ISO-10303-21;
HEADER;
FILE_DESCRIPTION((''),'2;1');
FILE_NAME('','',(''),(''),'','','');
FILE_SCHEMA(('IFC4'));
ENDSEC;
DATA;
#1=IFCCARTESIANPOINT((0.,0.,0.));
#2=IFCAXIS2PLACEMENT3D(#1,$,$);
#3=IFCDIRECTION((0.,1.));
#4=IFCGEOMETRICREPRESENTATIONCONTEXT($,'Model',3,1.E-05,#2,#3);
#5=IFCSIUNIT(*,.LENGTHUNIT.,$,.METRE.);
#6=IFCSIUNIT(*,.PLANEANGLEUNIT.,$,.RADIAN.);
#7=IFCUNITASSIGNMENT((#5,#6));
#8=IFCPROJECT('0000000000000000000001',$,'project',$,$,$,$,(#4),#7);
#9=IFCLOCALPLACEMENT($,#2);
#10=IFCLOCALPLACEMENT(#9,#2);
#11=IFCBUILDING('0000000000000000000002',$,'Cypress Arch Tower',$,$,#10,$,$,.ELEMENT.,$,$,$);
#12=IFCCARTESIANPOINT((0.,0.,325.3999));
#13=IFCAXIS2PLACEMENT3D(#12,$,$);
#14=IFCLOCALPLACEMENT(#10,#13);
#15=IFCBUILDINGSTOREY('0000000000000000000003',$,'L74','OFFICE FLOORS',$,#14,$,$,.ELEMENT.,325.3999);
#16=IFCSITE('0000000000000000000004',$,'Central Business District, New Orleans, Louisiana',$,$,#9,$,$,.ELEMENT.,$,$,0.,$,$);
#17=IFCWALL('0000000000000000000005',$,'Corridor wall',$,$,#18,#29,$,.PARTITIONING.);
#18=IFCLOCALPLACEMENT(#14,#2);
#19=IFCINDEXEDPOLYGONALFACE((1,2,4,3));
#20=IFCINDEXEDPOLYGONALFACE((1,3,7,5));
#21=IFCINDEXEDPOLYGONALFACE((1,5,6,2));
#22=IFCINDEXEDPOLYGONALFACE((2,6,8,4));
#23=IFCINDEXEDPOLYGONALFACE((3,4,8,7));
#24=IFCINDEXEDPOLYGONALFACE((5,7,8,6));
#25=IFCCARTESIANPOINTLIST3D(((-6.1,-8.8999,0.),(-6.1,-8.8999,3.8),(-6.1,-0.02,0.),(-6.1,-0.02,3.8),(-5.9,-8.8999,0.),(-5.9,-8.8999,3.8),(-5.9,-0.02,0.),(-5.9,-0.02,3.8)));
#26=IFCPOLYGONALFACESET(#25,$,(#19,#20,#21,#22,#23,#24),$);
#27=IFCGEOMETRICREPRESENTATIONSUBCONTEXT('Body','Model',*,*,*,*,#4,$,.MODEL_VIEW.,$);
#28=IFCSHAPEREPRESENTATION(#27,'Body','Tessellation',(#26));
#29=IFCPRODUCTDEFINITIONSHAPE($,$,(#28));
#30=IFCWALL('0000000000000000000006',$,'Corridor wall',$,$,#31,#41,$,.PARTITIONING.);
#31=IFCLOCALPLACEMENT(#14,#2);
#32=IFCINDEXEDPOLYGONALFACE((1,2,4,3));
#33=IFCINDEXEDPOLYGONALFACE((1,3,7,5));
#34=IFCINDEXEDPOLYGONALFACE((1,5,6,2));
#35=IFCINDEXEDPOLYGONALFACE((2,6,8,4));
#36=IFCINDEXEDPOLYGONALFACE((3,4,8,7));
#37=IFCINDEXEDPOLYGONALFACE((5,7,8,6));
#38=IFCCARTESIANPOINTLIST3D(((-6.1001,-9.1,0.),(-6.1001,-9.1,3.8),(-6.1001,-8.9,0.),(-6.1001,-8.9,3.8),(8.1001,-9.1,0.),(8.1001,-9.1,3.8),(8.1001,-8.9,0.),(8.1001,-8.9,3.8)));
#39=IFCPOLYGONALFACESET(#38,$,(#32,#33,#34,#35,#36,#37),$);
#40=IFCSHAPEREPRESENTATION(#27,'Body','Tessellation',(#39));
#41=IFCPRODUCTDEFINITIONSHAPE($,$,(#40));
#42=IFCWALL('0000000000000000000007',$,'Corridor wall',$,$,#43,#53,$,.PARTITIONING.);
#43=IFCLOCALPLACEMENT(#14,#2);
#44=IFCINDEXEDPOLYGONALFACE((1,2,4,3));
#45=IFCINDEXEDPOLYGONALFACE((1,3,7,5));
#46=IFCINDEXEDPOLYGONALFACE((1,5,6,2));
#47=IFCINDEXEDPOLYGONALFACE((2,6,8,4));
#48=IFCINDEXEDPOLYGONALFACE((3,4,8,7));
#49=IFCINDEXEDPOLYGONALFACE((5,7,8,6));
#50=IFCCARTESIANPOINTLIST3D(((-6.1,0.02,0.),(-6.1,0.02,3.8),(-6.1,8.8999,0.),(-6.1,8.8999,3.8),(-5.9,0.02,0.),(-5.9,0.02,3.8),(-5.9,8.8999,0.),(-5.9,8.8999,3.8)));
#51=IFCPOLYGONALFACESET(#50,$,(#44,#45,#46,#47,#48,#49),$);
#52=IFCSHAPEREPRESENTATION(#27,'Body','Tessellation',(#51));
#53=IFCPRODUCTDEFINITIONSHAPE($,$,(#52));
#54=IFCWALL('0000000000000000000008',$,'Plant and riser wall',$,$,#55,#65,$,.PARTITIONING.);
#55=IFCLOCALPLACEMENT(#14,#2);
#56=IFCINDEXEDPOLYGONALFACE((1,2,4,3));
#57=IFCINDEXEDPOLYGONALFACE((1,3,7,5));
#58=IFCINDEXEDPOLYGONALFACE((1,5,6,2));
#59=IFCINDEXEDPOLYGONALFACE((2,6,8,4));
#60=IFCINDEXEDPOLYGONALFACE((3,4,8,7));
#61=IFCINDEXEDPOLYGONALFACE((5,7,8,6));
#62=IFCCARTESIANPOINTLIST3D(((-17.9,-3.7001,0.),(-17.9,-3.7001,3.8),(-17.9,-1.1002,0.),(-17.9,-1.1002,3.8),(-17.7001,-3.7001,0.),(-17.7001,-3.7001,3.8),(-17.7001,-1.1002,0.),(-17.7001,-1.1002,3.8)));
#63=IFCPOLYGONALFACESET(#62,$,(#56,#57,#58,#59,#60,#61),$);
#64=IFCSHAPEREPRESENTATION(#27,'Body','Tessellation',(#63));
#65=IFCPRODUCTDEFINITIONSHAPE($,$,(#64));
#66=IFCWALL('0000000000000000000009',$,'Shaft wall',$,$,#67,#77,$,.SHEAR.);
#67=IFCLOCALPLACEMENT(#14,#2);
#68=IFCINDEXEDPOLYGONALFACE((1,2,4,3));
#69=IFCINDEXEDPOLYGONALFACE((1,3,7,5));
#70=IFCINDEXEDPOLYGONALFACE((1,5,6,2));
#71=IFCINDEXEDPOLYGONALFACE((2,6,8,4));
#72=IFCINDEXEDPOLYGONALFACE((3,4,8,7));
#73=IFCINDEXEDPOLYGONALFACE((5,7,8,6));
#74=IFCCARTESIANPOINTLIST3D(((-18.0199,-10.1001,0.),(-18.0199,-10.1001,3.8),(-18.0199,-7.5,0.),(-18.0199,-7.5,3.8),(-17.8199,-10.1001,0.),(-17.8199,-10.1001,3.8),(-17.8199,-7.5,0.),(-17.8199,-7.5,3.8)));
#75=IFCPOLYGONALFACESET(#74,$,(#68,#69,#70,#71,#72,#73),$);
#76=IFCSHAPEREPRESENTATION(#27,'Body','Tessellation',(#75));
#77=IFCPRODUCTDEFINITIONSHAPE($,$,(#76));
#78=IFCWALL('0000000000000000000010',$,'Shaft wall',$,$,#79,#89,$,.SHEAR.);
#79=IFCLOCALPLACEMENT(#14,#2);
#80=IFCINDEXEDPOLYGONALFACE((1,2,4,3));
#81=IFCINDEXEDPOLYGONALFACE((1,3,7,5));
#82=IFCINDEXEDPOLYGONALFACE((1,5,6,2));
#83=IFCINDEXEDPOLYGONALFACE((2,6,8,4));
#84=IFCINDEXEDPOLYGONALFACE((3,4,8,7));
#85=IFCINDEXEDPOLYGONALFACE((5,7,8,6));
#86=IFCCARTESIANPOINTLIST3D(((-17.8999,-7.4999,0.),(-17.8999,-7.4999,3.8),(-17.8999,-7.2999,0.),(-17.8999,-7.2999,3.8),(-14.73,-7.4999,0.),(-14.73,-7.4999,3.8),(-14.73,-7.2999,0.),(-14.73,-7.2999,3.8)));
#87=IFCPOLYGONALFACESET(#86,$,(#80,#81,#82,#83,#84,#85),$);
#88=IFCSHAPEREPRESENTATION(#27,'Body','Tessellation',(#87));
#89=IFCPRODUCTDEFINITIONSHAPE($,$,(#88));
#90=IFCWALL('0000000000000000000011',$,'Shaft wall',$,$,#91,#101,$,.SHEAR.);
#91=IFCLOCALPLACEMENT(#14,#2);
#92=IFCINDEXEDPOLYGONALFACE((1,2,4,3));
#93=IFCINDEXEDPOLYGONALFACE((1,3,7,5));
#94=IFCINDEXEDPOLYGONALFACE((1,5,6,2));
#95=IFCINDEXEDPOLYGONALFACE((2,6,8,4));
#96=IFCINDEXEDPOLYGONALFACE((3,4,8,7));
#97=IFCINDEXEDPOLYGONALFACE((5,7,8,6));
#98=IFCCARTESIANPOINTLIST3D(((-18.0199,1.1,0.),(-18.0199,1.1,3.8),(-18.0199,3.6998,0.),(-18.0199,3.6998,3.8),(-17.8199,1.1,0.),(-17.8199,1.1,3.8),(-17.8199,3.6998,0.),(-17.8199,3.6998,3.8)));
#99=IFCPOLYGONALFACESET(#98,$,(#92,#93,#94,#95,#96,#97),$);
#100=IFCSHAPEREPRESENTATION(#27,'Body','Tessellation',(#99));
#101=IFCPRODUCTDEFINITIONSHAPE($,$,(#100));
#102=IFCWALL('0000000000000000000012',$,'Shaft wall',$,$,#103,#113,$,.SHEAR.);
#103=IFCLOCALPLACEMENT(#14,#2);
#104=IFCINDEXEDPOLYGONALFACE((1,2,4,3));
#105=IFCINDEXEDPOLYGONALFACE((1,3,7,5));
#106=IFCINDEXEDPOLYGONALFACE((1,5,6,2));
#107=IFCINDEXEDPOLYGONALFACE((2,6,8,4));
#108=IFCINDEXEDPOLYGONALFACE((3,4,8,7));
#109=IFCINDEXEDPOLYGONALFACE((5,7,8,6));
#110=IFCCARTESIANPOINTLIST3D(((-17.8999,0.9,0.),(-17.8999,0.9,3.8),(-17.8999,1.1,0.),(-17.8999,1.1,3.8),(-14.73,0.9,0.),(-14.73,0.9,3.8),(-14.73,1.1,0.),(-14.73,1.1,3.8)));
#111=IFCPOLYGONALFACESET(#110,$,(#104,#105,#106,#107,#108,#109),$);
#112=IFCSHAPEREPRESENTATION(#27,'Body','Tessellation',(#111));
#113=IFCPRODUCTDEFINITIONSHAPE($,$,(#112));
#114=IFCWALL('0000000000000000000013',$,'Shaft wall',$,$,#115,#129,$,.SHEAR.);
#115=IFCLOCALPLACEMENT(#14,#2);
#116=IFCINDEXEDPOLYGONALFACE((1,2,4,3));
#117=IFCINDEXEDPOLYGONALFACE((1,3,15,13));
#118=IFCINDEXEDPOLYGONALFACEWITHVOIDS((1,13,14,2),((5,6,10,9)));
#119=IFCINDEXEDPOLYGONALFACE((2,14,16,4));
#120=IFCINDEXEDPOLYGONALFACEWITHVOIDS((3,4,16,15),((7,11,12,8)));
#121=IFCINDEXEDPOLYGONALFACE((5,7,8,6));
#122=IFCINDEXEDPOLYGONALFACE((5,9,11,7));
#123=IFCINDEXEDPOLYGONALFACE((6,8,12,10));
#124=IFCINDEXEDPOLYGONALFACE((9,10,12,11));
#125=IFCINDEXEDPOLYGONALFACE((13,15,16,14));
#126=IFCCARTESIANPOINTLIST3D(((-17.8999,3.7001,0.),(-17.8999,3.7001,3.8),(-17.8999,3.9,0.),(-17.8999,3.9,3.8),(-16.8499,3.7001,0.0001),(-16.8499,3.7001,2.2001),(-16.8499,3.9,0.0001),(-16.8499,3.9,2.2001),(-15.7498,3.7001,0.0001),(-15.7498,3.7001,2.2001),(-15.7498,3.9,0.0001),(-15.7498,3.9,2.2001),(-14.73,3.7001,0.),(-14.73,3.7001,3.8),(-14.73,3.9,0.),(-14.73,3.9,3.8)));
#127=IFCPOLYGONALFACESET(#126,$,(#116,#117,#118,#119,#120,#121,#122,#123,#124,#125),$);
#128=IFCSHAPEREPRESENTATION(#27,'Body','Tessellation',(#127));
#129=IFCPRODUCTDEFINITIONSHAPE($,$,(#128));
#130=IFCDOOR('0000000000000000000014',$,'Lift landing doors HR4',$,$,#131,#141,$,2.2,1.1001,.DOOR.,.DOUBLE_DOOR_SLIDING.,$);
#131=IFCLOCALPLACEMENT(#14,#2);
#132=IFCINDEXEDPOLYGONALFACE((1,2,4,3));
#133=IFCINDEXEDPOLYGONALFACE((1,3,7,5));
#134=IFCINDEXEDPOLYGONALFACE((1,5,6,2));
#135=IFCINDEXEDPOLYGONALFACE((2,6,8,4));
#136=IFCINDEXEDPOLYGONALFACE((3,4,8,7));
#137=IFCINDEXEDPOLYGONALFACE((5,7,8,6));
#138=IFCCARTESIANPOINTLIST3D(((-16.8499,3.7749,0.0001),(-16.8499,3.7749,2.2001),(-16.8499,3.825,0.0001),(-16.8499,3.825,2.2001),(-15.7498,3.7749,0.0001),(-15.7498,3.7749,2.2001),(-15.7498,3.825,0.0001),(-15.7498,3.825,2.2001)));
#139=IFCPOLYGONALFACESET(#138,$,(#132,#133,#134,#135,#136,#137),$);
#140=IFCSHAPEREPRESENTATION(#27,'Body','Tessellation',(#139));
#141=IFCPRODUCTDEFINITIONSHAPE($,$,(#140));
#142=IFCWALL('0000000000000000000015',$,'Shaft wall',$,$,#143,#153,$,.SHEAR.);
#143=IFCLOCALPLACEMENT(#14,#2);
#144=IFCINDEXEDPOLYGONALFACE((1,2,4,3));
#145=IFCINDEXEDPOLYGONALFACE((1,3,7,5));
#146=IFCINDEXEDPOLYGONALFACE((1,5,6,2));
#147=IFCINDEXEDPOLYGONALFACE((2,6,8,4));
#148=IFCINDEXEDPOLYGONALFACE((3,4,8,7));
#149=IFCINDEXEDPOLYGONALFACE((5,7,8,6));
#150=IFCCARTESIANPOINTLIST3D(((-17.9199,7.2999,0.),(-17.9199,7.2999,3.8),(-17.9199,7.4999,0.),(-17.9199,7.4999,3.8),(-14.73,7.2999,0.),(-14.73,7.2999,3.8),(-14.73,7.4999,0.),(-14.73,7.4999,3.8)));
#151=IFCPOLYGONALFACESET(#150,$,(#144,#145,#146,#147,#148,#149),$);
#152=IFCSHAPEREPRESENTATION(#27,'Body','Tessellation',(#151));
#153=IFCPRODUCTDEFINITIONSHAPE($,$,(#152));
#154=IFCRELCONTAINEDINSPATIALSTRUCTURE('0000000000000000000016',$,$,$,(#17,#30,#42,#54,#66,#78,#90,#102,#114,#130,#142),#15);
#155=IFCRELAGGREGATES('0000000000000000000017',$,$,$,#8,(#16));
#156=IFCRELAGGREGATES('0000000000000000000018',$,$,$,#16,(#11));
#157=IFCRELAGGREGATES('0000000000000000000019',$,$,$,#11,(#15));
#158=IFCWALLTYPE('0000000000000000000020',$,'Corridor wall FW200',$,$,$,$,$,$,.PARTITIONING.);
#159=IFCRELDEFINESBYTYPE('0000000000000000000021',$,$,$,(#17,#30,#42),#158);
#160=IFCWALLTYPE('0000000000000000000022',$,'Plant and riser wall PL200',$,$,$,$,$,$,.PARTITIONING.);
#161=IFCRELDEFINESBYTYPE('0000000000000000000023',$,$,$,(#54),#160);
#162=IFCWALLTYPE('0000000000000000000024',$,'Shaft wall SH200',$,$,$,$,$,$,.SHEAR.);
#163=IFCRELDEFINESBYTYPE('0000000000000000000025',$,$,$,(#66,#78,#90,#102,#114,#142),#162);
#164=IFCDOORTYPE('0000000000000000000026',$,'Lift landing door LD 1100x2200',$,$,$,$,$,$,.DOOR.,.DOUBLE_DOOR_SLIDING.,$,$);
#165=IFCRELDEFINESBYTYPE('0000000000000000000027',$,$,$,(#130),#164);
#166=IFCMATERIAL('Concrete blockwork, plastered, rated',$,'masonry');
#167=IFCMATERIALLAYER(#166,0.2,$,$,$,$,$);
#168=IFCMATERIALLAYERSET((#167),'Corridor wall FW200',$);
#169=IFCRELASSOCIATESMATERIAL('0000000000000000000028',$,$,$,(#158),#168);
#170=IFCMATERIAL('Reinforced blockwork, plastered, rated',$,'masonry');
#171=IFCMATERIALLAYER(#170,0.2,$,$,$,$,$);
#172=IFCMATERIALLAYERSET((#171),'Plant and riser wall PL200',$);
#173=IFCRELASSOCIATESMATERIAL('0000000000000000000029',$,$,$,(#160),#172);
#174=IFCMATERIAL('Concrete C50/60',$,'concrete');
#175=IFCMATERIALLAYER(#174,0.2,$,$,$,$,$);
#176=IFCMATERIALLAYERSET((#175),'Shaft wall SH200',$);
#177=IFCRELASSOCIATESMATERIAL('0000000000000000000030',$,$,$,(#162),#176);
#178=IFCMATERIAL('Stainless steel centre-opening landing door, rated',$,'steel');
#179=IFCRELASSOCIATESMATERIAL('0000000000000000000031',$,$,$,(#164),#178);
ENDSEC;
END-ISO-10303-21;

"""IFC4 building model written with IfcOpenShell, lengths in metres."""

from ifc_helpers import new_model, si_unit, direction, frame, frame_2d, origin, place, context, subcontext, project, spatial, rectangle, extrude, material, layer, layer_set, type_object, element, fill, save


model = new_model("IFC4")

# Units and contexts
model_context = context("Model", 3, precision=1e-05, world=origin(), true_north=direction((0.0, 1.0)))
body_context = subcontext(model_context, "Body", "Model", "MODEL_VIEW")
ifc_project = project(units=[si_unit("LENGTHUNIT", "METRE"), si_unit("PLANEANGLEUNIT", "RADIAN")], contexts=[model_context])

# Site, building, storey
site_placement = place(None, origin())
site = spatial("IfcSite", under=ifc_project, at=site_placement, Name="Central Business District, New Orleans, Louisiana", CompositionType="ELEMENT", RefElevation=0.0)
building_placement = place(site_placement, origin())
building = spatial("IfcBuilding", under=site, at=building_placement, Name="Cypress Arch Tower", CompositionType="ELEMENT")
storey_placement = place(building_placement, frame((0.0, 0.0, 325.3999)))
storey = spatial("IfcBuildingStorey", under=building, at=storey_placement, Name="L74", Description="OFFICE FLOORS", CompositionType="ELEMENT", Elevation=325.3999)

# Shared definitions
ifc_material_1 = material(Name="Concrete blockwork, plastered, rated", Category="masonry")
ifc_layer_1 = layer(ifc_material_1, 0.2)
ifc_layer_set_1 = layer_set([ifc_layer_1], Name="Corridor wall FW200")
wall_type_1 = type_object("IfcWallType", Name="Corridor wall FW200", PredefinedType="PARTITIONING", material=ifc_layer_set_1)

# Walls
wall_1_placement = place(storey_placement, frame((-6.0, -8.8999, 0.0), z_axis=(0.0, 0.0, 1.0), x_axis=(0.0, 1.0, 0.0)))
element("IfcWall", 1, at=wall_1_placement, inside=storey, type_object=wall_type_1, Name="Corridor wall", PredefinedType="PARTITIONING", context=body_context, shape_type="SweptSolid", body=[
    extrude(rectangle(XDim=8.8799, YDim=0.2, at=frame_2d((4.4399, 0.0))), origin(), (0.0, 0.0, 1.0), 3.8),
])
wall_2_placement = place(storey_placement, frame((-6.1001, -9.0, 0.0), z_axis=(0.0, 0.0, 1.0), x_axis=(1.0, 0.0, 0.0)))
element("IfcWall", 2, at=wall_2_placement, inside=storey, type_object=wall_type_1, Name="Corridor wall", PredefinedType="PARTITIONING", context=body_context, shape_type="SweptSolid", body=[
    extrude(rectangle(XDim=14.2002, YDim=0.2, at=frame_2d((7.1001, 0.0))), origin(), (0.0, 0.0, 1.0), 3.8),
])
wall_3_placement = place(storey_placement, frame((-6.0, 0.02, 0.0), z_axis=(0.0, 0.0, 1.0), x_axis=(0.0, 1.0, 0.0)))
element("IfcWall", 3, at=wall_3_placement, inside=storey, type_object=wall_type_1, Name="Corridor wall", PredefinedType="PARTITIONING", context=body_context, shape_type="SweptSolid", body=[
    extrude(rectangle(XDim=8.8799, YDim=0.2, at=frame_2d((4.4399, 0.0))), origin(), (0.0, 0.0, 1.0), 3.8),
])
ifc_material_2 = material(Name="Reinforced blockwork, plastered, rated", Category="masonry")
ifc_layer_2 = layer(ifc_material_2, 0.2)
ifc_layer_set_2 = layer_set([ifc_layer_2], Name="Plant and riser wall PL200")
wall_type_2 = type_object("IfcWallType", Name="Plant and riser wall PL200", PredefinedType="PARTITIONING", material=ifc_layer_set_2)
wall_4_placement = place(storey_placement, frame((-17.8, -3.7, 0.0), z_axis=(0.0, 0.0, 1.0), x_axis=(0.0, 1.0, 0.0)))
element("IfcWall", 4, at=wall_4_placement, inside=storey, type_object=wall_type_2, Name="Plant and riser wall", PredefinedType="PARTITIONING", context=body_context, shape_type="SweptSolid", body=[
    extrude(rectangle(XDim=2.5999, YDim=0.2, at=frame_2d((1.2998, 0.0))), origin(), (0.0, 0.0, 1.0), 3.8),
])
ifc_material_3 = material(Name="Concrete C50/60", Category="concrete")
ifc_layer_3 = layer(ifc_material_3, 0.2)
ifc_layer_set_3 = layer_set([ifc_layer_3], Name="Shaft wall SH200")
wall_type_3 = type_object("IfcWallType", Name="Shaft wall SH200", PredefinedType="SHEAR", material=ifc_layer_set_3)
wall_5_placement = place(storey_placement, frame((-17.9199, -10.1001, 0.0), z_axis=(0.0, 0.0, 1.0), x_axis=(0.0, 1.0, 0.0)))
element("IfcWall", 5, at=wall_5_placement, inside=storey, type_object=wall_type_3, Name="Shaft wall", PredefinedType="SHEAR", context=body_context, shape_type="SweptSolid", body=[
    extrude(rectangle(XDim=2.6001, YDim=0.2, at=frame_2d((1.3, 0.0))), origin(), (0.0, 0.0, 1.0), 3.8),
])
wall_6_placement = place(storey_placement, frame((-17.8999, -7.3999, 0.0), z_axis=(0.0, 0.0, 1.0), x_axis=(1.0, 0.0, 0.0)))
element("IfcWall", 6, at=wall_6_placement, inside=storey, type_object=wall_type_3, Name="Shaft wall", PredefinedType="SHEAR", context=body_context, shape_type="SweptSolid", body=[
    extrude(rectangle(XDim=3.1699, YDim=0.2, at=frame_2d((1.585, 0.0))), origin(), (0.0, 0.0, 1.0), 3.8),
])
wall_7_placement = place(storey_placement, frame((-17.9199, 1.1001, 0.0), z_axis=(0.0, 0.0, 1.0), x_axis=(0.0, 1.0, 0.0)))
element("IfcWall", 7, at=wall_7_placement, inside=storey, type_object=wall_type_3, Name="Shaft wall", PredefinedType="SHEAR", context=body_context, shape_type="SweptSolid", body=[
    extrude(rectangle(XDim=2.5999, YDim=0.2, at=frame_2d((1.2998, 0.0))), origin(), (0.0, 0.0, 1.0), 3.8),
])
wall_8_placement = place(storey_placement, frame((-17.8999, 1.0, 0.0), z_axis=(0.0, 0.0, 1.0), x_axis=(1.0, 0.0, 0.0)))
element("IfcWall", 8, at=wall_8_placement, inside=storey, type_object=wall_type_3, Name="Shaft wall", PredefinedType="SHEAR", context=body_context, shape_type="SweptSolid", body=[
    extrude(rectangle(XDim=3.1699, YDim=0.2, at=frame_2d((1.585, 0.0))), origin(), (0.0, 0.0, 1.0), 3.8),
])

# Wall, opening, door
wall_9_placement = place(storey_placement, frame((-17.8999, 3.8, 0.0), z_axis=(0.0, 0.0, 1.0), x_axis=(1.0, 0.0, 0.0)))
wall_9 = element("IfcWall", 9, at=wall_9_placement, inside=storey, type_object=wall_type_3, Name="Shaft wall", PredefinedType="SHEAR", context=body_context, shape_type="SweptSolid", body=[
    extrude(rectangle(XDim=3.1699, YDim=0.2, at=frame_2d((1.585, 0.0))), origin(), (0.0, 0.0, 1.0), 3.8),
])
opening_1_placement = place(wall_9_placement, frame((1.05, 0.0, 0.0)))
opening_1 = element("IfcOpeningElement", 10, at=opening_1_placement, cuts=wall_9, PredefinedType="OPENING", context=body_context, shape_type="SweptSolid", body=[
    extrude(rectangle(XDim=1.1001, YDim=2.2, at=frame_2d((0.55, 1.1001))), frame((0.0, 0.1099, 0.0), z_axis=(0.0, -1.0, 0.0), x_axis=(1.0, 0.0, 0.0)), (0.0, 0.0, 1.0), 0.22),
])
ifc_material_4 = material(Name="Stainless steel centre-opening landing door, rated", Category="steel")
door_type_1 = type_object("IfcDoorType", Name="Lift landing door LD 1100x2200", OperationType="DOUBLE_DOOR_SLIDING", PredefinedType="DOOR", material=ifc_material_4)
door_1_placement = place(opening_1_placement, origin())
door_1 = element("IfcDoor", 11, at=door_1_placement, inside=storey, type_object=door_type_1, Name="Lift landing doors HR4", OperationType="DOUBLE_DOOR_SLIDING", OverallHeight=2.2, OverallWidth=1.1001, PredefinedType="DOOR", context=body_context, shape_type="SweptSolid", body=[
    extrude(rectangle(XDim=1.1001, YDim=2.2, at=frame_2d((0.55, 1.1001))), frame((0.0, 0.0249, 0.0), z_axis=(0.0, -1.0, 0.0), x_axis=(1.0, 0.0, 0.0)), (0.0, 0.0, 1.0), 0.05),
])
fill(opening_1, door_1)

# Wall
wall_10_placement = place(storey_placement, frame((-17.9199, 7.3999, 0.0), z_axis=(0.0, 0.0, 1.0), x_axis=(1.0, 0.0, 0.0)))
element("IfcWall", 12, at=wall_10_placement, inside=storey, type_object=wall_type_3, Name="Shaft wall", PredefinedType="SHEAR", context=body_context, shape_type="SweptSolid", body=[
    extrude(rectangle(XDim=3.1899, YDim=0.2, at=frame_2d((1.595, 0.0))), origin(), (0.0, 0.0, 1.0), 3.8),
])

save(model, "model.ifc")
